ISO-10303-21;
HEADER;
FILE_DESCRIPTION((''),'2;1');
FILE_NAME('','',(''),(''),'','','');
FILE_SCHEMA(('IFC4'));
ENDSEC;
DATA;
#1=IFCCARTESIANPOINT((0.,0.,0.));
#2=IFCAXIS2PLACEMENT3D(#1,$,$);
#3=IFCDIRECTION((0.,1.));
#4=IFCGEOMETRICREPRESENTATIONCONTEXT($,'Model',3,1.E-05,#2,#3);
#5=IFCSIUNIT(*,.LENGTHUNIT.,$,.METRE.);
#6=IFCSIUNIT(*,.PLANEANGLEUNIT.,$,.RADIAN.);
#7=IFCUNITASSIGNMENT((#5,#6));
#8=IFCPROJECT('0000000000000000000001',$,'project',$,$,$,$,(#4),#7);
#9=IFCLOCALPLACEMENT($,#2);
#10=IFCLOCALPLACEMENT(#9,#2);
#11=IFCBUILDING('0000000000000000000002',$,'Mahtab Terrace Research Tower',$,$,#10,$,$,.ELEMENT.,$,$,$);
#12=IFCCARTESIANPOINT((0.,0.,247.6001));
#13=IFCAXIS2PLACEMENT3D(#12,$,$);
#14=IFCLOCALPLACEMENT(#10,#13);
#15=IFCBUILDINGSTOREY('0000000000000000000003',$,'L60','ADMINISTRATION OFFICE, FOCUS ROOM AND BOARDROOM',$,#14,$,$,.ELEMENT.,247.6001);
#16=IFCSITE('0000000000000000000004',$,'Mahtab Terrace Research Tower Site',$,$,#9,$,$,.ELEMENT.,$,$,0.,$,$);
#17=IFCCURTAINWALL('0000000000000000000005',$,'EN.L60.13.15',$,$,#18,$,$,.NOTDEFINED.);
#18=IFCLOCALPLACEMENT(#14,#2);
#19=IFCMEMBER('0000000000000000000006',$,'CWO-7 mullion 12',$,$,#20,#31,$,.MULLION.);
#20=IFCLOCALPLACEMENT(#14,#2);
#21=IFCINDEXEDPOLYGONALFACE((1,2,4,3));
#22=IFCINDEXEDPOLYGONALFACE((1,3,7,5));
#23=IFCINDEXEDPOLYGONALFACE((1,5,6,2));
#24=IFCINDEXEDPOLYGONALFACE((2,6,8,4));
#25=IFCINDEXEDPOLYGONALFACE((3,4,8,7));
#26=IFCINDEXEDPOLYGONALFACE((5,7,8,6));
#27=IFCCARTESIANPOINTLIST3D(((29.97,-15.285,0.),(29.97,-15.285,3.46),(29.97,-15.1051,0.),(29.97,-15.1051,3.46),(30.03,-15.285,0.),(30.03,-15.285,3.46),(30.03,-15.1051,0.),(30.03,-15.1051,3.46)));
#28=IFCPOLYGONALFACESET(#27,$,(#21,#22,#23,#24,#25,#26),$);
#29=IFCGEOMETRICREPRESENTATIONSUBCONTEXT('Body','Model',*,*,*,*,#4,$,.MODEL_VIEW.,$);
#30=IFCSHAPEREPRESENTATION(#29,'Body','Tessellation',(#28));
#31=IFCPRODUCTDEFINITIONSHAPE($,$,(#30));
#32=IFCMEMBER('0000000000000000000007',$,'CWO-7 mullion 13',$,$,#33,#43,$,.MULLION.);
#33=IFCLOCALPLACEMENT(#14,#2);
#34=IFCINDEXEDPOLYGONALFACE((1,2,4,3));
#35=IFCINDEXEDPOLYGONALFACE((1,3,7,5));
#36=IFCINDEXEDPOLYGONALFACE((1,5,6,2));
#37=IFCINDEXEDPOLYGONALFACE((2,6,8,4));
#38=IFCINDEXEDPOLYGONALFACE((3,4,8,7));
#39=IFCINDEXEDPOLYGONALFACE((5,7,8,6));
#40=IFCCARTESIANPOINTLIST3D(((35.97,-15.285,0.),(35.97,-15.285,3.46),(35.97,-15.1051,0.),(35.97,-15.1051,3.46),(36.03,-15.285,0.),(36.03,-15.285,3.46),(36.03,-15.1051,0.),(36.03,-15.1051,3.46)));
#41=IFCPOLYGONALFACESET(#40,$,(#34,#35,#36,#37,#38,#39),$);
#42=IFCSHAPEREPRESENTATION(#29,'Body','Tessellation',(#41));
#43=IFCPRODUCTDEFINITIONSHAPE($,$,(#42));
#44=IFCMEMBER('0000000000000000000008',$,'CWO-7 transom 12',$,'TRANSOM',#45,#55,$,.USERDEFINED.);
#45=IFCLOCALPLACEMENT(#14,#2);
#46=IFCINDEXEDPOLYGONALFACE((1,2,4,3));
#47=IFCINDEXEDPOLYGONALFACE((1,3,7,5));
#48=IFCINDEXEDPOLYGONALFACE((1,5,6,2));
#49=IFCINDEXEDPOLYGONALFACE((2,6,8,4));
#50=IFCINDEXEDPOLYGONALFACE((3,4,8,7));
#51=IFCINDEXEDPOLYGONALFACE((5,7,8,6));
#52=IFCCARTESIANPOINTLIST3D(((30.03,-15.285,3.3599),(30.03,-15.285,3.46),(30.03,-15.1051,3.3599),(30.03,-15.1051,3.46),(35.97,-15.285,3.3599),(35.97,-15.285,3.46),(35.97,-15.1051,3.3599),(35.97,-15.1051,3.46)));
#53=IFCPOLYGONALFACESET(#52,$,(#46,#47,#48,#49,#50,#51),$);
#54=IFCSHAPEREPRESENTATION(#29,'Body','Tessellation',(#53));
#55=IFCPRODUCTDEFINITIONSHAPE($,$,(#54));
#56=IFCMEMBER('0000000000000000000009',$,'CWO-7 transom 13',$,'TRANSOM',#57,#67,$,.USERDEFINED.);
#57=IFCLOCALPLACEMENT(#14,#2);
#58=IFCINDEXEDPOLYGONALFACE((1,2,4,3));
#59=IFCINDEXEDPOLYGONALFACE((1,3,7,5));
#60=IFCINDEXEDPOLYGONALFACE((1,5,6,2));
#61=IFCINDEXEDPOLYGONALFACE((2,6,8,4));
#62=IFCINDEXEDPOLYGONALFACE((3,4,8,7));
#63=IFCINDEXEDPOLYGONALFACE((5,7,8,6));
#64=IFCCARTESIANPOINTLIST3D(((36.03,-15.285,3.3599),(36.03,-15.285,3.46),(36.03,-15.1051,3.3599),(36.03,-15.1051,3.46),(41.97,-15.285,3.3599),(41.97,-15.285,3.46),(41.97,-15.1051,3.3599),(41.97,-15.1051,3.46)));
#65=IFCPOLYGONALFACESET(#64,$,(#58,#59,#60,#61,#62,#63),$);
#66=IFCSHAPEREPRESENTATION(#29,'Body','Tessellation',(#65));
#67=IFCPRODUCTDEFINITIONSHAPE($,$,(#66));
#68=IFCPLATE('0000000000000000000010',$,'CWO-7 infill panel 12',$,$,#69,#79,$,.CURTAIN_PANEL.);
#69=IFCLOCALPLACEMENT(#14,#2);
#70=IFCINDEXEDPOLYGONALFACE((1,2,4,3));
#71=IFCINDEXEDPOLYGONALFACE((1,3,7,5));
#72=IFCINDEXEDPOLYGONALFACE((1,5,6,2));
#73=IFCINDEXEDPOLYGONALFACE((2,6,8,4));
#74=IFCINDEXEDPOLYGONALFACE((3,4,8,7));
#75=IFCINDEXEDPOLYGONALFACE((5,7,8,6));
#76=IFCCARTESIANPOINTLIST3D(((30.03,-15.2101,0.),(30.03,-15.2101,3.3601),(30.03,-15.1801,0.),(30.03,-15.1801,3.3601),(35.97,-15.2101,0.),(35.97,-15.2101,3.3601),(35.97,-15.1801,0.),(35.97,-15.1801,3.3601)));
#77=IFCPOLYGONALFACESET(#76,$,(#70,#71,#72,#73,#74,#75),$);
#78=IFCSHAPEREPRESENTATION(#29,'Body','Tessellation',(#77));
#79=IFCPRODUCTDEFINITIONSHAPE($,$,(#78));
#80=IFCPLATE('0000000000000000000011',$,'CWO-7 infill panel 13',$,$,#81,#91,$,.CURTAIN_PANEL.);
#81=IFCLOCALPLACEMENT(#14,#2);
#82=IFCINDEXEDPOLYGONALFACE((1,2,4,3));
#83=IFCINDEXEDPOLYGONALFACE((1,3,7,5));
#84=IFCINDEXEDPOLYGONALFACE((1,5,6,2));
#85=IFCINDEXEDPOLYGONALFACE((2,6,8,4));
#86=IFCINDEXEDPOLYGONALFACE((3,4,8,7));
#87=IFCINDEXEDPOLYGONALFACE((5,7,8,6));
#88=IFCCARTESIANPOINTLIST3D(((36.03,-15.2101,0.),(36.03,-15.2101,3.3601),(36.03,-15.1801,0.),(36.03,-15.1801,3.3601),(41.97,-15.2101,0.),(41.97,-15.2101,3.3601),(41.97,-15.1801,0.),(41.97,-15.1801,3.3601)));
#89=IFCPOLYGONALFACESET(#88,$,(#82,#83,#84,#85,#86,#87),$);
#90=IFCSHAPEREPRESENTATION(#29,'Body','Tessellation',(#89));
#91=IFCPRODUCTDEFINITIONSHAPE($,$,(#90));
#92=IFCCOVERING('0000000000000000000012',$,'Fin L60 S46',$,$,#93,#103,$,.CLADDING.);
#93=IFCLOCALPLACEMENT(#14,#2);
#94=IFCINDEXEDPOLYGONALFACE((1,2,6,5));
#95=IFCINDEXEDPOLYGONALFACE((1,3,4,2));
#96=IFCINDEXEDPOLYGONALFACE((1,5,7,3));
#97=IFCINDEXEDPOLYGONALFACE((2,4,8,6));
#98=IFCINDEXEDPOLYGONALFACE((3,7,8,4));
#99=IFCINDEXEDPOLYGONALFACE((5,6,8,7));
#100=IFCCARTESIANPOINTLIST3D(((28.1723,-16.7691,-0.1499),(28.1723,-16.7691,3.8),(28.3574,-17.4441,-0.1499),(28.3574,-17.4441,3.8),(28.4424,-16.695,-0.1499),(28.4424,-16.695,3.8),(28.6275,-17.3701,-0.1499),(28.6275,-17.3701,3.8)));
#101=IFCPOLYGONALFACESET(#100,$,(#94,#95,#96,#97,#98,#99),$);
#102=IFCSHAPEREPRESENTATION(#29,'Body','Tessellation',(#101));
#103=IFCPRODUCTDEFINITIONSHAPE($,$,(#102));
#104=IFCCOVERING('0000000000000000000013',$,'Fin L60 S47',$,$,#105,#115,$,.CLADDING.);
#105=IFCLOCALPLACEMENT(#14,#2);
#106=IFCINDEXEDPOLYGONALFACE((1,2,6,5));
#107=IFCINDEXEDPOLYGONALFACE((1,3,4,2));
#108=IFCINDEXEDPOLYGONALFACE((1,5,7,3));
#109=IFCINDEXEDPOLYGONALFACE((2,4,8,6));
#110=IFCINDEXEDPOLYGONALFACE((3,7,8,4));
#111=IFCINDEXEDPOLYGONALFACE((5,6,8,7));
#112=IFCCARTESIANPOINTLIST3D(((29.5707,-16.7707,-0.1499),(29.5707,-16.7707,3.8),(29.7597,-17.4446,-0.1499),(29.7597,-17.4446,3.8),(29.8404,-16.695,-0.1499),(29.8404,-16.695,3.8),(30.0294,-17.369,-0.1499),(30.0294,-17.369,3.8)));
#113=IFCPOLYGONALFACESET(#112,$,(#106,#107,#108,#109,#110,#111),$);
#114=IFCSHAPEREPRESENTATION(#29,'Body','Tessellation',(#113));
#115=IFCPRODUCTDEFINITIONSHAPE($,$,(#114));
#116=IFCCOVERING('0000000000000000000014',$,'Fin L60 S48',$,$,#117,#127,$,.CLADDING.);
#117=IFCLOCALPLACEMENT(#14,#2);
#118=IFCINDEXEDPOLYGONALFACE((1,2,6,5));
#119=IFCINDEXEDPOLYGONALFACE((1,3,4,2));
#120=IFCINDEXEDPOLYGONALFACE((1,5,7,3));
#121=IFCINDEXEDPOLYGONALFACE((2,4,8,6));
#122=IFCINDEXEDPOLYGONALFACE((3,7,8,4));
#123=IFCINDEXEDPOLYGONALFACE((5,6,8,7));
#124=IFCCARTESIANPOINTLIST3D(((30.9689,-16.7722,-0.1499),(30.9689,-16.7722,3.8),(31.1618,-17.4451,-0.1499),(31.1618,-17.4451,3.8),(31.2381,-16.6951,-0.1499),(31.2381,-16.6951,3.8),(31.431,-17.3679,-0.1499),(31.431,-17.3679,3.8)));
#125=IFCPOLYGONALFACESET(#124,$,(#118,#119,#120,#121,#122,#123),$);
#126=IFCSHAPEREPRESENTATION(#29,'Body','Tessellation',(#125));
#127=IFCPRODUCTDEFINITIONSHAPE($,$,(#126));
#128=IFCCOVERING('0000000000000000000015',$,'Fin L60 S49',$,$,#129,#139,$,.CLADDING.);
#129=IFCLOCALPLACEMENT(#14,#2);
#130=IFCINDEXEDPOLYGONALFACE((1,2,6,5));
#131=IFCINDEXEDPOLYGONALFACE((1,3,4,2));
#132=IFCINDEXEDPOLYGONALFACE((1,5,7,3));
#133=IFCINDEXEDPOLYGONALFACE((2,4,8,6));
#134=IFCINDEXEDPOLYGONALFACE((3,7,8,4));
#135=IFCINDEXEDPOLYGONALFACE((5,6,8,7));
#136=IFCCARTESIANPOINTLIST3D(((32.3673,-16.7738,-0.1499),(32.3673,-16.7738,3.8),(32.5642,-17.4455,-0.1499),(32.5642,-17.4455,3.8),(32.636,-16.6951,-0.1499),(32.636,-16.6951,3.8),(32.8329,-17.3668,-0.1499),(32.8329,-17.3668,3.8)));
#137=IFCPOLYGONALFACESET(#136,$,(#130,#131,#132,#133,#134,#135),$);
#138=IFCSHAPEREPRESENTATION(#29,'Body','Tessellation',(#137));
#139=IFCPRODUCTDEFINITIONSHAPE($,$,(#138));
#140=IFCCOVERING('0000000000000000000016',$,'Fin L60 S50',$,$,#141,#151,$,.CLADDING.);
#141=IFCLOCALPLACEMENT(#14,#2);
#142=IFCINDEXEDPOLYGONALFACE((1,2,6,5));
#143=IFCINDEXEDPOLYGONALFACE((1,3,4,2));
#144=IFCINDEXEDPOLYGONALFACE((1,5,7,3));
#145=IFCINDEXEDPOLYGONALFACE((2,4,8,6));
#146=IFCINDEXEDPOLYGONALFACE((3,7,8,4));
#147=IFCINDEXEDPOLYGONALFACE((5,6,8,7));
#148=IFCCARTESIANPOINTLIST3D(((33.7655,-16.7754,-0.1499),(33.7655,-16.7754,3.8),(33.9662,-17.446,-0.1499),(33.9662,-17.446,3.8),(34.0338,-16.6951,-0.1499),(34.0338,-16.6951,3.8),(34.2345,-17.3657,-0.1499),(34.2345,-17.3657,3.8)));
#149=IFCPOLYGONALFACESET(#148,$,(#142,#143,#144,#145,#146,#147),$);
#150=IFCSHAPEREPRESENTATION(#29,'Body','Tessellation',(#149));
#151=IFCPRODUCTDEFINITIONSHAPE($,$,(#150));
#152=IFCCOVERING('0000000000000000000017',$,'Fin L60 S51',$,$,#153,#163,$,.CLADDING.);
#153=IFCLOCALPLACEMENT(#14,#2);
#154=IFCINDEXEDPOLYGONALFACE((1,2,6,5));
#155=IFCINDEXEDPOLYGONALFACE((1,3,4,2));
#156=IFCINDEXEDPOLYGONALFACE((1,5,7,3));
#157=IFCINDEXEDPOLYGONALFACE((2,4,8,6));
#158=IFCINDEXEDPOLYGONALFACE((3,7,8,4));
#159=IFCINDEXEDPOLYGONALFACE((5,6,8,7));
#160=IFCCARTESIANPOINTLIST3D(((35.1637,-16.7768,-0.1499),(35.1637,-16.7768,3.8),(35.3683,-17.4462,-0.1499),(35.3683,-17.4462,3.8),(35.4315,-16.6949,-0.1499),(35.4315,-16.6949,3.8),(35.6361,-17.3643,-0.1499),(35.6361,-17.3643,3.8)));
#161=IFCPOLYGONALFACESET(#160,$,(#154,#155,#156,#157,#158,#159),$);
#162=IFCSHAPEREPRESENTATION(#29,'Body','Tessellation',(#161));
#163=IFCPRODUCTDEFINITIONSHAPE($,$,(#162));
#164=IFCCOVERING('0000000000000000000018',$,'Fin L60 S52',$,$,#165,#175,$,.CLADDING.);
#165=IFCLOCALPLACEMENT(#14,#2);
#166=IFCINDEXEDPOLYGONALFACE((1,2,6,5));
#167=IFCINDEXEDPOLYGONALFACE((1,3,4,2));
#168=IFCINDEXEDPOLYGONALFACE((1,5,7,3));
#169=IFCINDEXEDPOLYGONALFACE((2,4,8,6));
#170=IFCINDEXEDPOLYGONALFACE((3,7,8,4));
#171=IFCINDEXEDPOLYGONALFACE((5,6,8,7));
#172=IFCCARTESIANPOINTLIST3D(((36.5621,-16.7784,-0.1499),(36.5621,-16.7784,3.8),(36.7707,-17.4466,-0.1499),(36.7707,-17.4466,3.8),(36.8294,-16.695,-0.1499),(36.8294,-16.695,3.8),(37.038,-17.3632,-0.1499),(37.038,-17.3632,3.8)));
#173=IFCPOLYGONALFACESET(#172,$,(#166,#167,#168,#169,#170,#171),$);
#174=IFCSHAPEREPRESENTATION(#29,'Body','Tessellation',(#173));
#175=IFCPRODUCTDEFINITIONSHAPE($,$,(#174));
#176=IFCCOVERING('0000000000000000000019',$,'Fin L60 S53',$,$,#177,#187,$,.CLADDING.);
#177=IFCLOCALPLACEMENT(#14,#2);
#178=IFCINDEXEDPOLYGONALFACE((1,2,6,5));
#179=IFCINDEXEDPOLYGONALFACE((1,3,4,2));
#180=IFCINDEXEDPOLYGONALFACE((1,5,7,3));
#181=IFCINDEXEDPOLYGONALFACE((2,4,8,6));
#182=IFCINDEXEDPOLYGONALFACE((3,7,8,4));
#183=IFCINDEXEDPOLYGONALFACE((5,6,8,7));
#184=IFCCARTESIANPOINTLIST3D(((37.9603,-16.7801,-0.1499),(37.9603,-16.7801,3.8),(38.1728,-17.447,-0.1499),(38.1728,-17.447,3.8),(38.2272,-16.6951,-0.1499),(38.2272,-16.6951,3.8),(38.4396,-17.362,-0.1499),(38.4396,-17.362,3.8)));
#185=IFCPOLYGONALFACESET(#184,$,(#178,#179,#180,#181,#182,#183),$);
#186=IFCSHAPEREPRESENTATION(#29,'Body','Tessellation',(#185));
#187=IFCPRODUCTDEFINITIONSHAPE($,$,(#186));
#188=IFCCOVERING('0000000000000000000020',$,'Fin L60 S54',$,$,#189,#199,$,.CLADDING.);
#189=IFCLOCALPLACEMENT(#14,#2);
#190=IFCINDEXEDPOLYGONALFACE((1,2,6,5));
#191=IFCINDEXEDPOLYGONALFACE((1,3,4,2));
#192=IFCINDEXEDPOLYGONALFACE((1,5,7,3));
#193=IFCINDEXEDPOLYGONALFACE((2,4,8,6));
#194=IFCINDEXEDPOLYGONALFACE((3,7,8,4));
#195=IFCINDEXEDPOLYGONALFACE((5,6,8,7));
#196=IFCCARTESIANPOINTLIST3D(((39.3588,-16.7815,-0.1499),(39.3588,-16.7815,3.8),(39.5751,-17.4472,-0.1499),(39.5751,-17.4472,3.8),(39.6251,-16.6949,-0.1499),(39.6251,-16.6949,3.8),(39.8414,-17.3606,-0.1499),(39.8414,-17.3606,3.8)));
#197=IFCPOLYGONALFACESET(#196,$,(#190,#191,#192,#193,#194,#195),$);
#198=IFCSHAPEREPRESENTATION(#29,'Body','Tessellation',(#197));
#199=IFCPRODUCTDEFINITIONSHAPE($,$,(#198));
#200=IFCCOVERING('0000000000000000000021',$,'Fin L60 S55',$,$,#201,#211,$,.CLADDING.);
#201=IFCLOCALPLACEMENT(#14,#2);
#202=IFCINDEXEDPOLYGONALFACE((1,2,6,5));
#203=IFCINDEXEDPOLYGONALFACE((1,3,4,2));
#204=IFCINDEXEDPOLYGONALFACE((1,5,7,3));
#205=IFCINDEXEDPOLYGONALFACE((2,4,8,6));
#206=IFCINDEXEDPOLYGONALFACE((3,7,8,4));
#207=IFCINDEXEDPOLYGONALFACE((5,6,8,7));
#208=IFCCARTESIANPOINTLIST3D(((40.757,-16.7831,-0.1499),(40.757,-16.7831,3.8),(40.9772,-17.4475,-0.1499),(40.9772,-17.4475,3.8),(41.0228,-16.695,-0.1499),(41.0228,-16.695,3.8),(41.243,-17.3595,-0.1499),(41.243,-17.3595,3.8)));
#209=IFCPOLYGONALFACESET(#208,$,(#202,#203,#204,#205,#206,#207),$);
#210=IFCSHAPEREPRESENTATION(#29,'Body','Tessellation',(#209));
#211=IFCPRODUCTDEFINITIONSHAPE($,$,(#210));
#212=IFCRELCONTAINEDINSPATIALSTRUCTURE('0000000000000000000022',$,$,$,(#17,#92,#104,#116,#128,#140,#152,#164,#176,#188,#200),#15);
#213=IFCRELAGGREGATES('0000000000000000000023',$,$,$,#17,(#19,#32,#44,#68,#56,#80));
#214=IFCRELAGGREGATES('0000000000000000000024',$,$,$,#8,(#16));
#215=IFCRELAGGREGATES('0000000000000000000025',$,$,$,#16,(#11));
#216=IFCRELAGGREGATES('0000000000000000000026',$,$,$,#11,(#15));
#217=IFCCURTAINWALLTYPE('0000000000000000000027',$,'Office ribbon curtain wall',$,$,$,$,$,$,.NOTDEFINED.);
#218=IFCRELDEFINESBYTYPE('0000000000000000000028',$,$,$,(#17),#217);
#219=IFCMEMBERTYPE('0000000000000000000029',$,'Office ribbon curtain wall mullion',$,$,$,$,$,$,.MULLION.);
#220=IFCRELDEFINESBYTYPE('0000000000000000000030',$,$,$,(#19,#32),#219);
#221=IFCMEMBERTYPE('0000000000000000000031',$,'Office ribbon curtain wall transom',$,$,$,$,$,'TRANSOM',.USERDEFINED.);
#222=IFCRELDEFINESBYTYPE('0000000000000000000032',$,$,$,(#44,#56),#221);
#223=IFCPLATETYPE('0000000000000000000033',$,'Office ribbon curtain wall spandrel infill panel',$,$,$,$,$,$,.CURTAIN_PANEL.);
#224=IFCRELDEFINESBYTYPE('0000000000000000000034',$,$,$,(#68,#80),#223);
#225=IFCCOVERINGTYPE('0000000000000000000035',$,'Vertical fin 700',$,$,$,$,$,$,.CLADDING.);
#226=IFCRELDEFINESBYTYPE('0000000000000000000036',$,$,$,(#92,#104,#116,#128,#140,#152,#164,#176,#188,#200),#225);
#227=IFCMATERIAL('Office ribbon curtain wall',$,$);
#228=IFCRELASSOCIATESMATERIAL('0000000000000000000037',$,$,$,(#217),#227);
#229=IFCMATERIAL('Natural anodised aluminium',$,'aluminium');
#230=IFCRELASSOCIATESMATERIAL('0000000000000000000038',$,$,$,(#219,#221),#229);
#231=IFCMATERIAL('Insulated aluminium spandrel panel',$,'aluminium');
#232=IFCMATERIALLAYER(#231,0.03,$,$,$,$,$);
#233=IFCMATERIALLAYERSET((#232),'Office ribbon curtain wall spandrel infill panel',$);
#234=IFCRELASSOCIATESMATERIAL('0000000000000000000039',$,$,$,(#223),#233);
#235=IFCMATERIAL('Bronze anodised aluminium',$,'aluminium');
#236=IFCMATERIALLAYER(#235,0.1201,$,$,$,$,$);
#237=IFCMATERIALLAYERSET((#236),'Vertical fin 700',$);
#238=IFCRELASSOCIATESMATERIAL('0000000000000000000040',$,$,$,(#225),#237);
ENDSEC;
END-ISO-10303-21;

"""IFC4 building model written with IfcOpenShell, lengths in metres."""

from ifc_helpers import new_model, si_unit, direction, frame, origin, origin_2d, place, context, subcontext, project, spatial, rectangle, extrude, material, layer, layer_set, material_profile, profile_set, type_object, element, aggregate, save


model = new_model("IFC4")

# Units and contexts
model_context = context("Model", 3, precision=1e-05, world=origin(), true_north=direction((0.0, 1.0)))
body_context = subcontext(model_context, "Body", "Model", "MODEL_VIEW")
ifc_project = project(units=[si_unit("LENGTHUNIT", "METRE"), si_unit("PLANEANGLEUNIT", "RADIAN")], contexts=[model_context])

# Site, building, storey
site_placement = place(None, origin())
site = spatial("IfcSite", under=ifc_project, at=site_placement, Name="Mahtab Terrace Research Tower Site", CompositionType="ELEMENT", RefElevation=0.0)
building_placement = place(site_placement, origin())
building = spatial("IfcBuilding", under=site, at=building_placement, Name="Mahtab Terrace Research Tower", CompositionType="ELEMENT")
storey_placement = place(building_placement, frame((0.0, 0.0, 247.6001)))
storey = spatial("IfcBuildingStorey", under=building, at=storey_placement, Name="L60", Description="ADMINISTRATION OFFICE, FOCUS ROOM AND BOARDROOM", CompositionType="ELEMENT", Elevation=247.6001)

# Curtain wall, members, plates
ifc_material_1 = material(Name="Office ribbon curtain wall")
curtain_wall_type = type_object("IfcCurtainWallType", Name="Office ribbon curtain wall", PredefinedType="NOTDEFINED", material=ifc_material_1)
curtain_wall_placement = place(storey_placement, origin())
curtain_wall = element("IfcCurtainWall", 1, at=curtain_wall_placement, inside=storey, type_object=curtain_wall_type, Name="EN.L60.13.15", PredefinedType="NOTDEFINED")
ifc_material_2 = material(Name="Natural anodised aluminium", Category="aluminium")
ifc_material_profile_1 = material_profile(ifc_material_2, rectangle(XDim=0.1799, YDim=0.0601, at=origin_2d()), Name="MULLION 60x180")
ifc_profile_set_1 = profile_set([ifc_material_profile_1], Name="Natural anodised aluminium")
member_type_1 = type_object("IfcMemberType", Name="Office ribbon curtain wall mullion", PredefinedType="MULLION", material=ifc_profile_set_1)
member_1_placement = place(storey_placement, frame((30.0, -15.1951, 0.0), z_axis=(0.0, 0.0, 1.0), x_axis=(0.0, 1.0, 0.0)))
member_1 = element("IfcMember", 2, at=member_1_placement, type_object=member_type_1, Name="CWO-7 mullion 12", PredefinedType="MULLION", context=body_context, shape_type="SweptSolid", body=[
    extrude(rectangle(XDim=0.1799, YDim=0.0601, at=origin_2d()), origin(), (0.0, 0.0, 1.0), 3.46),
])
member_2_placement = place(storey_placement, frame((36.0, -15.1951, 0.0), z_axis=(0.0, 0.0, 1.0), x_axis=(0.0, 1.0, 0.0)))
member_2 = element("IfcMember", 3, at=member_2_placement, type_object=member_type_1, Name="CWO-7 mullion 13", PredefinedType="MULLION", context=body_context, shape_type="SweptSolid", body=[
    extrude(rectangle(XDim=0.1799, YDim=0.0601, at=origin_2d()), origin(), (0.0, 0.0, 1.0), 3.46),
])
ifc_material_profile_2 = material_profile(ifc_material_2, rectangle(XDim=0.1799, YDim=0.1001, at=origin_2d()), Name="TRANSOM 100x180")
ifc_profile_set_2 = profile_set([ifc_material_profile_2], Name="Natural anodised aluminium")
member_type_2 = type_object("IfcMemberType", Name="Office ribbon curtain wall transom", ElementType="TRANSOM", PredefinedType="USERDEFINED", material=ifc_profile_set_2)
member_3_placement = place(storey_placement, frame((30.03, -15.1951, 3.4099), z_axis=(1.0, 0.0, 0.0), x_axis=(0.0, 1.0, 0.0)))
member_3 = element("IfcMember", 4, at=member_3_placement, type_object=member_type_2, Name="CWO-7 transom 12", ObjectType="TRANSOM", PredefinedType="USERDEFINED", context=body_context, shape_type="SweptSolid", body=[
    extrude(rectangle(XDim=0.1799, YDim=0.1001, at=origin_2d()), origin(), (0.0, 0.0, 1.0), 5.9399),
])
member_4_placement = place(storey_placement, frame((36.03, -15.1951, 3.4099), z_axis=(1.0, 0.0, 0.0), x_axis=(0.0, 1.0, 0.0)))
member_4 = element("IfcMember", 5, at=member_4_placement, type_object=member_type_2, Name="CWO-7 transom 13", ObjectType="TRANSOM", PredefinedType="USERDEFINED", context=body_context, shape_type="SweptSolid", body=[
    extrude(rectangle(XDim=0.1799, YDim=0.1001, at=origin_2d()), origin(), (0.0, 0.0, 1.0), 5.9399),
])
ifc_material_3 = material(Name="Insulated aluminium spandrel panel", Category="aluminium")
ifc_layer_1 = layer(ifc_material_3, 0.03)
ifc_layer_set_1 = layer_set([ifc_layer_1], Name="Office ribbon curtain wall spandrel infill panel")
plate_type = type_object("IfcPlateType", Name="Office ribbon curtain wall spandrel infill panel", PredefinedType="CURTAIN_PANEL", material=ifc_layer_set_1)
plate_1_placement = place(storey_placement, frame((33.0, -15.1951, 0.0), z_axis=(0.0, 0.0, 1.0), x_axis=(1.0, 0.0, 0.0)))
plate_1 = element("IfcPlate", 6, at=plate_1_placement, type_object=plate_type, Name="CWO-7 infill panel 12", PredefinedType="CURTAIN_PANEL", context=body_context, shape_type="SweptSolid", body=[
    extrude(rectangle(XDim=5.9399, YDim=0.03, at=origin_2d()), origin(), (0.0, 0.0, 1.0), 3.3601),
])
plate_2_placement = place(storey_placement, frame((39.0, -15.1951, 0.0), z_axis=(0.0, 0.0, 1.0), x_axis=(1.0, 0.0, 0.0)))
plate_2 = element("IfcPlate", 7, at=plate_2_placement, type_object=plate_type, Name="CWO-7 infill panel 13", PredefinedType="CURTAIN_PANEL", context=body_context, shape_type="SweptSolid", body=[
    extrude(rectangle(XDim=5.9399, YDim=0.03, at=origin_2d()), origin(), (0.0, 0.0, 1.0), 3.3601),
])
aggregate(curtain_wall, [member_1, member_2, member_3, plate_1, member_4, plate_2])

# Coverings
ifc_material_4 = material(Name="Bronze anodised aluminium", Category="aluminium")
ifc_layer_2 = layer(ifc_material_4, 0.1201)
ifc_layer_set_2 = layer_set([ifc_layer_2], Name="Vertical fin 700")
covering_type = type_object("IfcCoveringType", Name="Vertical fin 700", PredefinedType="CLADDING", material=ifc_layer_set_2)
for number, where, z_axis, x_axis, name in (
    (8, (28.3999, -17.0696, -0.1499), (0.0, 0.0, 1.0), (0.964404, 0.264434, 0.0), "Fin L60 S46"),
    (9, (29.8, -17.0698, -0.1499), (0.0, 0.0, 1.0), (0.962849, 0.27004, 0.0), "Fin L60 S47"),
    (10, (31.2, -17.0701, -0.1499), (0.0, 0.0, 1.0), (0.961262, 0.275637, 0.0), "Fin L60 S48"),
    (11, (32.6001, -17.0703, -0.1499), (0.0, 0.0, 1.0), (0.959642, 0.281225, 0.0), "Fin L60 S49"),
    (12, (34.0, -17.0706, -0.1499), (0.0, 0.0, 1.0), (0.95799, 0.286803, 0.0), "Fin L60 S50"),
    (13, (35.3999, -17.0706, -0.1499), (0.0, 0.0, 1.0), (0.956305, 0.292372, 0.0), "Fin L60 S51"),
    (14, (36.8, -17.0708, -0.1499), (0.0, 0.0, 1.0), (0.954588, 0.29793, 0.0), "Fin L60 S52"),
    (15, (38.2, -17.071, -0.1499), (0.0, 0.0, 1.0), (0.952838, 0.303479, 0.0), "Fin L60 S53"),
    (16, (39.6001, -17.071, -0.1499), (0.0, 0.0, 1.0), (0.951057, 0.309017, 0.0), "Fin L60 S54"),
    (17, (41.0, -17.0713, -0.1499), (0.0, 0.0, 1.0), (0.949243, 0.314545, 0.0), "Fin L60 S55"),
):
    element("IfcCovering", number, at=place(storey_placement, frame(where, z_axis=z_axis, x_axis=x_axis)), inside=storey, type_object=covering_type, Name=name, PredefinedType="CLADDING", context=body_context, shape_type="SweptSolid", body=[
        extrude(rectangle(XDim=0.28, YDim=0.7, at=origin_2d()), origin(), (0.0, 0.0, 1.0), 3.95),
    ])

save(model, "model.ifc")
